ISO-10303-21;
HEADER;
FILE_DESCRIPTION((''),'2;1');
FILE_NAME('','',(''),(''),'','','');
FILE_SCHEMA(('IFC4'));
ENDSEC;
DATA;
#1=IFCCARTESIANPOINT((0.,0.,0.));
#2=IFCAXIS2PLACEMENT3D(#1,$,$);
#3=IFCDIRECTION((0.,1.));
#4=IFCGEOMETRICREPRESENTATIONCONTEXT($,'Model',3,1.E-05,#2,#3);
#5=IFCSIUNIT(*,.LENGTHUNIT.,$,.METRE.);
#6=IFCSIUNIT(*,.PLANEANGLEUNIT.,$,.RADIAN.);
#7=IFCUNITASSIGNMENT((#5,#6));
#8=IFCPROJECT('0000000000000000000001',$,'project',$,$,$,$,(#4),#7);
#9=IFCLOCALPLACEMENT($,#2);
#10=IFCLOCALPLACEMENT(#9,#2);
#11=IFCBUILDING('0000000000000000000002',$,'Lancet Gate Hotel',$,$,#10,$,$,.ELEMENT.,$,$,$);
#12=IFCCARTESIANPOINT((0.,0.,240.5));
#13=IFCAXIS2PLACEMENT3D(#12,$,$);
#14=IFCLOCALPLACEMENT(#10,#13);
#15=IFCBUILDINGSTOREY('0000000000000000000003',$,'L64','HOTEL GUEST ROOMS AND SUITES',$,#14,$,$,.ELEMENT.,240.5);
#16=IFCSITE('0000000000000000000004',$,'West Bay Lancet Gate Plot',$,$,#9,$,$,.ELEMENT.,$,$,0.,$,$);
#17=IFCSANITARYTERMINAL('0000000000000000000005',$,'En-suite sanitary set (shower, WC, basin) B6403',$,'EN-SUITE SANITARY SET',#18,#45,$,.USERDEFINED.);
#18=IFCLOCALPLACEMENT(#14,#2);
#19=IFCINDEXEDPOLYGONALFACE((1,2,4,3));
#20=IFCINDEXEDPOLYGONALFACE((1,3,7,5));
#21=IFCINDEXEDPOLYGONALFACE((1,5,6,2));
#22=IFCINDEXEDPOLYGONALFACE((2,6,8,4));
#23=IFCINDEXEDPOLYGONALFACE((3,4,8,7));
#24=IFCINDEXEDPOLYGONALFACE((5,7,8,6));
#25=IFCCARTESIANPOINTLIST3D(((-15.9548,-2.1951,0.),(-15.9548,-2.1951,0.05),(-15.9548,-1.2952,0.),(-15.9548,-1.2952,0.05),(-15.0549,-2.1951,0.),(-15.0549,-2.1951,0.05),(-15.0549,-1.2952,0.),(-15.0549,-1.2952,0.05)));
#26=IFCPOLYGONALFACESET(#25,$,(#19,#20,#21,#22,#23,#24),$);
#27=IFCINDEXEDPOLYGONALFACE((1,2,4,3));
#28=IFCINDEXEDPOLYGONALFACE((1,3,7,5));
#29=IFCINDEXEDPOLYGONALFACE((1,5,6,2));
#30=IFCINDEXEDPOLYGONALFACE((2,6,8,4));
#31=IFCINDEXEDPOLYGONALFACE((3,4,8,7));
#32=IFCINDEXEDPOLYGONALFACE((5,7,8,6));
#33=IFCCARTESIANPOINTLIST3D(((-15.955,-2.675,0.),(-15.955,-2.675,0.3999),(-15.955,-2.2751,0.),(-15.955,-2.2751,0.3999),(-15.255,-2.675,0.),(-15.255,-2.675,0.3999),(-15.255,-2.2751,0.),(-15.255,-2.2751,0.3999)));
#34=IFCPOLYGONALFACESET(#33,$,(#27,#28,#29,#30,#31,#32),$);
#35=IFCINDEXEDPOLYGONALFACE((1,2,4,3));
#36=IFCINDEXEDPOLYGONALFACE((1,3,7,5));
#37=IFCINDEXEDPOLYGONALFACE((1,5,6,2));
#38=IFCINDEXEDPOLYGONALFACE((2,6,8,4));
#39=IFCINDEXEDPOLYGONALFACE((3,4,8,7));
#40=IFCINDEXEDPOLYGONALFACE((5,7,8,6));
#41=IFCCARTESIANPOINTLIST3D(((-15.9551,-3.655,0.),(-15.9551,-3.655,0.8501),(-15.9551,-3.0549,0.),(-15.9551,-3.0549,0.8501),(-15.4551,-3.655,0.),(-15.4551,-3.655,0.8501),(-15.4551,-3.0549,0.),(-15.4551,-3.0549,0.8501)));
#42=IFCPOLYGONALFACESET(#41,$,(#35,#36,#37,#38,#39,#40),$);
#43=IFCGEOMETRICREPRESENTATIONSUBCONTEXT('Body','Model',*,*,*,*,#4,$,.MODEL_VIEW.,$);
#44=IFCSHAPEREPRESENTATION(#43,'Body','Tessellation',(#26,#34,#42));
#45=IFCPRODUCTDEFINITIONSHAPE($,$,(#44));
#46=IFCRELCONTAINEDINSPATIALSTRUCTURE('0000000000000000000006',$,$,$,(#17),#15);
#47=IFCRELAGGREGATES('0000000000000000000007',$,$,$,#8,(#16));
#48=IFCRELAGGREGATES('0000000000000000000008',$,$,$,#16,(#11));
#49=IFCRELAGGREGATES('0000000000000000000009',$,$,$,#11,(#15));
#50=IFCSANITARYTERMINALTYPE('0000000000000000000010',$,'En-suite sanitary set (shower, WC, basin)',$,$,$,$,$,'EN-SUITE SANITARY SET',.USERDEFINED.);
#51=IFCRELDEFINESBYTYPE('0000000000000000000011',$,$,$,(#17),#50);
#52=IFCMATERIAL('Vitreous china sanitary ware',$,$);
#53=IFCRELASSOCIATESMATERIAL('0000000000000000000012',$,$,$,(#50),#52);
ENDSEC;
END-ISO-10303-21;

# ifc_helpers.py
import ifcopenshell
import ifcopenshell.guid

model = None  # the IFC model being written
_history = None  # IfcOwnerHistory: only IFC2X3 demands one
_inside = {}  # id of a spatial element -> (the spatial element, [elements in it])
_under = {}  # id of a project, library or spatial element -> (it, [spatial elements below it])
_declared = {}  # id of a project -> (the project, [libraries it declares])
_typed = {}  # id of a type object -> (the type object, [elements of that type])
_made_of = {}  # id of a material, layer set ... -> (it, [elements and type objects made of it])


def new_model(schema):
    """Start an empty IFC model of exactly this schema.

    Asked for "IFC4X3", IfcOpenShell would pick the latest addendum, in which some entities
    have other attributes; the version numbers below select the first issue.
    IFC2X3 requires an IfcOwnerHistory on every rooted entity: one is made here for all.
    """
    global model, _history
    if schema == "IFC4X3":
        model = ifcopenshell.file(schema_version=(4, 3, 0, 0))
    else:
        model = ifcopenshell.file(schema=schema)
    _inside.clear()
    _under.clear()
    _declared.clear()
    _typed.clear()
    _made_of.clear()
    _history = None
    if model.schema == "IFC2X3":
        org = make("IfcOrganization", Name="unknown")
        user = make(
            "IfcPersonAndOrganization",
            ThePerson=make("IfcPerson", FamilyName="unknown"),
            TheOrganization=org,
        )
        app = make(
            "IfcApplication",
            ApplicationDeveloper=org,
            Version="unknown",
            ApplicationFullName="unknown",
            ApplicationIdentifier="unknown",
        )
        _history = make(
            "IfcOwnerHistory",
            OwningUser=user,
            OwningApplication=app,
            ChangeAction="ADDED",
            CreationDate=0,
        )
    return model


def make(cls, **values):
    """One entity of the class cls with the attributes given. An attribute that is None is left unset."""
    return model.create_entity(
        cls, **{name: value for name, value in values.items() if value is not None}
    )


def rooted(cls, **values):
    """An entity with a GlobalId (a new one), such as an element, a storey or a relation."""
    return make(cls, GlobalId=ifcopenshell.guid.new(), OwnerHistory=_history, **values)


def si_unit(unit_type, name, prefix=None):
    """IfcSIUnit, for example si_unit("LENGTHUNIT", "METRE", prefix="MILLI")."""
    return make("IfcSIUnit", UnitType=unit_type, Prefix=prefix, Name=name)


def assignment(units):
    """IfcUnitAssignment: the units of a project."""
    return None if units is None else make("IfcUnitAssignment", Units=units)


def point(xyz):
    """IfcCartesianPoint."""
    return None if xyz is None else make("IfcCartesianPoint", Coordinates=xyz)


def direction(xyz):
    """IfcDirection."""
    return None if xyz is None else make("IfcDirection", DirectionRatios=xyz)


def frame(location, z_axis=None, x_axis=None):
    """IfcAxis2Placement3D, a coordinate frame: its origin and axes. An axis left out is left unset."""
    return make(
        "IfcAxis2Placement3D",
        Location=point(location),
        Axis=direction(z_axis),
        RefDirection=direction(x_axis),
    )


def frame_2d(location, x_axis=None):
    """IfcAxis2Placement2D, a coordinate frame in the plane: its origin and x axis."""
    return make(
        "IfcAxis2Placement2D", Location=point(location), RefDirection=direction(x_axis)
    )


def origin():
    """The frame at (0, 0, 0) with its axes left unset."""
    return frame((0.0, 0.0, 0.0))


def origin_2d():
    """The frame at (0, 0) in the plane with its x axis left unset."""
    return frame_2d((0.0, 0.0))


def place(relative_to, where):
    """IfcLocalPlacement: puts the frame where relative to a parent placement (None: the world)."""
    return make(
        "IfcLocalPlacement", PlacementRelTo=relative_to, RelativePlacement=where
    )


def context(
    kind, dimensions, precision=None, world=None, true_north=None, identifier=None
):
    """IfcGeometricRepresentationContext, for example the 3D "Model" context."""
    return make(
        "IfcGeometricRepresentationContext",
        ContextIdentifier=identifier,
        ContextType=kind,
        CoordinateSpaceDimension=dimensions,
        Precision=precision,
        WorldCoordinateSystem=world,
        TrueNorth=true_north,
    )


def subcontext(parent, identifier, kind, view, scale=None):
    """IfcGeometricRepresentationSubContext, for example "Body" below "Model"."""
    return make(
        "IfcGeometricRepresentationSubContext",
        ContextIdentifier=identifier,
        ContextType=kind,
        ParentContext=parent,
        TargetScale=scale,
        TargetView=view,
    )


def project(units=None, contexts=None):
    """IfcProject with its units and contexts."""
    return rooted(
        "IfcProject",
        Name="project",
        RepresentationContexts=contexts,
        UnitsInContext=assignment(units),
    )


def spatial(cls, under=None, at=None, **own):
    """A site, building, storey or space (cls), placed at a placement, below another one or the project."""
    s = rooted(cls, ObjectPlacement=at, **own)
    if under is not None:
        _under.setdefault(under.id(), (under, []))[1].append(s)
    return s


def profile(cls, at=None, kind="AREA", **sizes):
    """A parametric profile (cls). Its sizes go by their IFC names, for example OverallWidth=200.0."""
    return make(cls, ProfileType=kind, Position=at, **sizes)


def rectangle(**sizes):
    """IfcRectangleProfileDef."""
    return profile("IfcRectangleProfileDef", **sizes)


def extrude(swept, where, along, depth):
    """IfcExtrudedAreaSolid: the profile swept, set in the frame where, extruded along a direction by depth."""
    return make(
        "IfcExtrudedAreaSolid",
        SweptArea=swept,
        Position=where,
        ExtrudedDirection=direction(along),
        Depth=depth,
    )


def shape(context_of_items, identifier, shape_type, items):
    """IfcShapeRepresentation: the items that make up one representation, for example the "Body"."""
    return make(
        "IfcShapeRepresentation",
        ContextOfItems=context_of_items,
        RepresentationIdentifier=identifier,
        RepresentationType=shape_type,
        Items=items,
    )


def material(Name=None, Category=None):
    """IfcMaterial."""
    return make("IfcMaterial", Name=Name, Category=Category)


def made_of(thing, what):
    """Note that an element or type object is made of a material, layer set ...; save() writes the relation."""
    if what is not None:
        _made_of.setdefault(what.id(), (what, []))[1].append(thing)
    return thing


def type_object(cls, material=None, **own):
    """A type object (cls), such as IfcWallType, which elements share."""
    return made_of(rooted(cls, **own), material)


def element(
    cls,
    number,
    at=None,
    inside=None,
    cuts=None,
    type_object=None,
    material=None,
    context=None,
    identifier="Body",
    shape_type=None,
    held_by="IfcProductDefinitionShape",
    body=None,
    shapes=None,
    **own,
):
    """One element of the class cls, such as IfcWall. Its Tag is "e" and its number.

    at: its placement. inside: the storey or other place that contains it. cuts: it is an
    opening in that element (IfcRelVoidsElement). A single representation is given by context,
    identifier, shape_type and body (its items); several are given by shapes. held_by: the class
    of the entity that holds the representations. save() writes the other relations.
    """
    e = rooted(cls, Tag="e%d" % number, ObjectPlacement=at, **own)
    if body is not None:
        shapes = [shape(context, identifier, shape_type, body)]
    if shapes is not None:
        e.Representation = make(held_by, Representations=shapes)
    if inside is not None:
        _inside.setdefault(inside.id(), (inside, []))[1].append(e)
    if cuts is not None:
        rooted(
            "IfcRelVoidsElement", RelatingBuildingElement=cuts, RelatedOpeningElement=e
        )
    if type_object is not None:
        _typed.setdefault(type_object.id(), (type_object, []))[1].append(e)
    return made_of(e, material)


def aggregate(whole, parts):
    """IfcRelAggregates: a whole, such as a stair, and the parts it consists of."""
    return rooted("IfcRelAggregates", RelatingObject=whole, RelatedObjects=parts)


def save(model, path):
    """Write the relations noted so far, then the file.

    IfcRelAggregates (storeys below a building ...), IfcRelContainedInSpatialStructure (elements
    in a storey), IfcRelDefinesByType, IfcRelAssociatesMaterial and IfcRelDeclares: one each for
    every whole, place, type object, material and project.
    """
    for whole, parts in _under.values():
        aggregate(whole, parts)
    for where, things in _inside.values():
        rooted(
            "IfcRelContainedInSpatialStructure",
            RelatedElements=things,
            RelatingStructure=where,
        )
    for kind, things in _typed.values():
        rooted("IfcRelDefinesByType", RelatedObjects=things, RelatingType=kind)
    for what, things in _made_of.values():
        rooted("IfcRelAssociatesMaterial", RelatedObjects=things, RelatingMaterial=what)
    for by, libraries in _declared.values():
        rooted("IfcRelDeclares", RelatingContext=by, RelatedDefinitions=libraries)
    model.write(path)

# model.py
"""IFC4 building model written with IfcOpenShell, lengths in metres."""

from ifc_helpers import new_model, si_unit, direction, frame, origin, origin_2d, place, context, subcontext, project, spatial, rectangle, extrude, material, type_object, element, save


model = new_model("IFC4")

# Units and contexts
model_context = context("Model", 3, precision=1e-05, world=origin(), true_north=direction((0.0, 1.0)))
body_context = subcontext(model_context, "Body", "Model", "MODEL_VIEW")
ifc_project = project(units=[si_unit("LENGTHUNIT", "METRE"), si_unit("PLANEANGLEUNIT", "RADIAN")], contexts=[model_context])

# Site, building, storey
site_placement = place(None, origin())
site = spatial("IfcSite", under=ifc_project, at=site_placement, Name="West Bay Lancet Gate Plot", CompositionType="ELEMENT", RefElevation=0.0)
building_placement = place(site_placement, origin())
building = spatial("IfcBuilding", under=site, at=building_placement, Name="Lancet Gate Hotel", CompositionType="ELEMENT")
storey_placement = place(building_placement, frame((0.0, 0.0, 240.5)))
storey = spatial("IfcBuildingStorey", under=building, at=storey_placement, Name="L64", Description="HOTEL GUEST ROOMS AND SUITES", CompositionType="ELEMENT", Elevation=240.5)

# Sanitary terminal
ifc_material_1 = material(Name="Vitreous china sanitary ware")
sanitary_terminal_type = type_object("IfcSanitaryTerminalType", Name="En-suite sanitary set (shower, WC, basin)", ElementType="EN-SUITE SANITARY SET", PredefinedType="USERDEFINED", material=ifc_material_1)
sanitary_terminal_placement = place(storey_placement, frame((-15.5049, -1.7451, 0.0), z_axis=(0.0, 0.0, 1.0), x_axis=(1.0, 0.0, 0.0)))
element("IfcSanitaryTerminal", 1, at=sanitary_terminal_placement, inside=storey, type_object=sanitary_terminal_type, Name="En-suite sanitary set (shower, WC, basin) B6403", ObjectType="EN-SUITE SANITARY SET", PredefinedType="USERDEFINED", context=body_context, shape_type="SweptSolid", body=[
    extrude(rectangle(XDim=0.8999, YDim=0.8999, at=origin_2d()), frame((0.0, 0.0, 0.0), z_axis=(0.0, 0.0, 1.0), x_axis=(0.0, 1.0, 0.0)), (0.0, 0.0, 1.0), 0.05),
    extrude(rectangle(XDim=0.3999, YDim=0.7, at=origin_2d()), frame((-0.1001, -0.73, 0.0), z_axis=(0.0, 0.0, 1.0), x_axis=(0.0, 1.0, 0.0)), (0.0, 0.0, 1.0), 0.3999),
    extrude(rectangle(XDim=0.6001, YDim=0.5, at=origin_2d()), frame((-0.2002, -1.6099, 0.0), z_axis=(0.0, 0.0, 1.0), x_axis=(0.0, 1.0, 0.0)), (0.0, 0.0, 1.0), 0.8501),
])

save(model, "model.ifc")
